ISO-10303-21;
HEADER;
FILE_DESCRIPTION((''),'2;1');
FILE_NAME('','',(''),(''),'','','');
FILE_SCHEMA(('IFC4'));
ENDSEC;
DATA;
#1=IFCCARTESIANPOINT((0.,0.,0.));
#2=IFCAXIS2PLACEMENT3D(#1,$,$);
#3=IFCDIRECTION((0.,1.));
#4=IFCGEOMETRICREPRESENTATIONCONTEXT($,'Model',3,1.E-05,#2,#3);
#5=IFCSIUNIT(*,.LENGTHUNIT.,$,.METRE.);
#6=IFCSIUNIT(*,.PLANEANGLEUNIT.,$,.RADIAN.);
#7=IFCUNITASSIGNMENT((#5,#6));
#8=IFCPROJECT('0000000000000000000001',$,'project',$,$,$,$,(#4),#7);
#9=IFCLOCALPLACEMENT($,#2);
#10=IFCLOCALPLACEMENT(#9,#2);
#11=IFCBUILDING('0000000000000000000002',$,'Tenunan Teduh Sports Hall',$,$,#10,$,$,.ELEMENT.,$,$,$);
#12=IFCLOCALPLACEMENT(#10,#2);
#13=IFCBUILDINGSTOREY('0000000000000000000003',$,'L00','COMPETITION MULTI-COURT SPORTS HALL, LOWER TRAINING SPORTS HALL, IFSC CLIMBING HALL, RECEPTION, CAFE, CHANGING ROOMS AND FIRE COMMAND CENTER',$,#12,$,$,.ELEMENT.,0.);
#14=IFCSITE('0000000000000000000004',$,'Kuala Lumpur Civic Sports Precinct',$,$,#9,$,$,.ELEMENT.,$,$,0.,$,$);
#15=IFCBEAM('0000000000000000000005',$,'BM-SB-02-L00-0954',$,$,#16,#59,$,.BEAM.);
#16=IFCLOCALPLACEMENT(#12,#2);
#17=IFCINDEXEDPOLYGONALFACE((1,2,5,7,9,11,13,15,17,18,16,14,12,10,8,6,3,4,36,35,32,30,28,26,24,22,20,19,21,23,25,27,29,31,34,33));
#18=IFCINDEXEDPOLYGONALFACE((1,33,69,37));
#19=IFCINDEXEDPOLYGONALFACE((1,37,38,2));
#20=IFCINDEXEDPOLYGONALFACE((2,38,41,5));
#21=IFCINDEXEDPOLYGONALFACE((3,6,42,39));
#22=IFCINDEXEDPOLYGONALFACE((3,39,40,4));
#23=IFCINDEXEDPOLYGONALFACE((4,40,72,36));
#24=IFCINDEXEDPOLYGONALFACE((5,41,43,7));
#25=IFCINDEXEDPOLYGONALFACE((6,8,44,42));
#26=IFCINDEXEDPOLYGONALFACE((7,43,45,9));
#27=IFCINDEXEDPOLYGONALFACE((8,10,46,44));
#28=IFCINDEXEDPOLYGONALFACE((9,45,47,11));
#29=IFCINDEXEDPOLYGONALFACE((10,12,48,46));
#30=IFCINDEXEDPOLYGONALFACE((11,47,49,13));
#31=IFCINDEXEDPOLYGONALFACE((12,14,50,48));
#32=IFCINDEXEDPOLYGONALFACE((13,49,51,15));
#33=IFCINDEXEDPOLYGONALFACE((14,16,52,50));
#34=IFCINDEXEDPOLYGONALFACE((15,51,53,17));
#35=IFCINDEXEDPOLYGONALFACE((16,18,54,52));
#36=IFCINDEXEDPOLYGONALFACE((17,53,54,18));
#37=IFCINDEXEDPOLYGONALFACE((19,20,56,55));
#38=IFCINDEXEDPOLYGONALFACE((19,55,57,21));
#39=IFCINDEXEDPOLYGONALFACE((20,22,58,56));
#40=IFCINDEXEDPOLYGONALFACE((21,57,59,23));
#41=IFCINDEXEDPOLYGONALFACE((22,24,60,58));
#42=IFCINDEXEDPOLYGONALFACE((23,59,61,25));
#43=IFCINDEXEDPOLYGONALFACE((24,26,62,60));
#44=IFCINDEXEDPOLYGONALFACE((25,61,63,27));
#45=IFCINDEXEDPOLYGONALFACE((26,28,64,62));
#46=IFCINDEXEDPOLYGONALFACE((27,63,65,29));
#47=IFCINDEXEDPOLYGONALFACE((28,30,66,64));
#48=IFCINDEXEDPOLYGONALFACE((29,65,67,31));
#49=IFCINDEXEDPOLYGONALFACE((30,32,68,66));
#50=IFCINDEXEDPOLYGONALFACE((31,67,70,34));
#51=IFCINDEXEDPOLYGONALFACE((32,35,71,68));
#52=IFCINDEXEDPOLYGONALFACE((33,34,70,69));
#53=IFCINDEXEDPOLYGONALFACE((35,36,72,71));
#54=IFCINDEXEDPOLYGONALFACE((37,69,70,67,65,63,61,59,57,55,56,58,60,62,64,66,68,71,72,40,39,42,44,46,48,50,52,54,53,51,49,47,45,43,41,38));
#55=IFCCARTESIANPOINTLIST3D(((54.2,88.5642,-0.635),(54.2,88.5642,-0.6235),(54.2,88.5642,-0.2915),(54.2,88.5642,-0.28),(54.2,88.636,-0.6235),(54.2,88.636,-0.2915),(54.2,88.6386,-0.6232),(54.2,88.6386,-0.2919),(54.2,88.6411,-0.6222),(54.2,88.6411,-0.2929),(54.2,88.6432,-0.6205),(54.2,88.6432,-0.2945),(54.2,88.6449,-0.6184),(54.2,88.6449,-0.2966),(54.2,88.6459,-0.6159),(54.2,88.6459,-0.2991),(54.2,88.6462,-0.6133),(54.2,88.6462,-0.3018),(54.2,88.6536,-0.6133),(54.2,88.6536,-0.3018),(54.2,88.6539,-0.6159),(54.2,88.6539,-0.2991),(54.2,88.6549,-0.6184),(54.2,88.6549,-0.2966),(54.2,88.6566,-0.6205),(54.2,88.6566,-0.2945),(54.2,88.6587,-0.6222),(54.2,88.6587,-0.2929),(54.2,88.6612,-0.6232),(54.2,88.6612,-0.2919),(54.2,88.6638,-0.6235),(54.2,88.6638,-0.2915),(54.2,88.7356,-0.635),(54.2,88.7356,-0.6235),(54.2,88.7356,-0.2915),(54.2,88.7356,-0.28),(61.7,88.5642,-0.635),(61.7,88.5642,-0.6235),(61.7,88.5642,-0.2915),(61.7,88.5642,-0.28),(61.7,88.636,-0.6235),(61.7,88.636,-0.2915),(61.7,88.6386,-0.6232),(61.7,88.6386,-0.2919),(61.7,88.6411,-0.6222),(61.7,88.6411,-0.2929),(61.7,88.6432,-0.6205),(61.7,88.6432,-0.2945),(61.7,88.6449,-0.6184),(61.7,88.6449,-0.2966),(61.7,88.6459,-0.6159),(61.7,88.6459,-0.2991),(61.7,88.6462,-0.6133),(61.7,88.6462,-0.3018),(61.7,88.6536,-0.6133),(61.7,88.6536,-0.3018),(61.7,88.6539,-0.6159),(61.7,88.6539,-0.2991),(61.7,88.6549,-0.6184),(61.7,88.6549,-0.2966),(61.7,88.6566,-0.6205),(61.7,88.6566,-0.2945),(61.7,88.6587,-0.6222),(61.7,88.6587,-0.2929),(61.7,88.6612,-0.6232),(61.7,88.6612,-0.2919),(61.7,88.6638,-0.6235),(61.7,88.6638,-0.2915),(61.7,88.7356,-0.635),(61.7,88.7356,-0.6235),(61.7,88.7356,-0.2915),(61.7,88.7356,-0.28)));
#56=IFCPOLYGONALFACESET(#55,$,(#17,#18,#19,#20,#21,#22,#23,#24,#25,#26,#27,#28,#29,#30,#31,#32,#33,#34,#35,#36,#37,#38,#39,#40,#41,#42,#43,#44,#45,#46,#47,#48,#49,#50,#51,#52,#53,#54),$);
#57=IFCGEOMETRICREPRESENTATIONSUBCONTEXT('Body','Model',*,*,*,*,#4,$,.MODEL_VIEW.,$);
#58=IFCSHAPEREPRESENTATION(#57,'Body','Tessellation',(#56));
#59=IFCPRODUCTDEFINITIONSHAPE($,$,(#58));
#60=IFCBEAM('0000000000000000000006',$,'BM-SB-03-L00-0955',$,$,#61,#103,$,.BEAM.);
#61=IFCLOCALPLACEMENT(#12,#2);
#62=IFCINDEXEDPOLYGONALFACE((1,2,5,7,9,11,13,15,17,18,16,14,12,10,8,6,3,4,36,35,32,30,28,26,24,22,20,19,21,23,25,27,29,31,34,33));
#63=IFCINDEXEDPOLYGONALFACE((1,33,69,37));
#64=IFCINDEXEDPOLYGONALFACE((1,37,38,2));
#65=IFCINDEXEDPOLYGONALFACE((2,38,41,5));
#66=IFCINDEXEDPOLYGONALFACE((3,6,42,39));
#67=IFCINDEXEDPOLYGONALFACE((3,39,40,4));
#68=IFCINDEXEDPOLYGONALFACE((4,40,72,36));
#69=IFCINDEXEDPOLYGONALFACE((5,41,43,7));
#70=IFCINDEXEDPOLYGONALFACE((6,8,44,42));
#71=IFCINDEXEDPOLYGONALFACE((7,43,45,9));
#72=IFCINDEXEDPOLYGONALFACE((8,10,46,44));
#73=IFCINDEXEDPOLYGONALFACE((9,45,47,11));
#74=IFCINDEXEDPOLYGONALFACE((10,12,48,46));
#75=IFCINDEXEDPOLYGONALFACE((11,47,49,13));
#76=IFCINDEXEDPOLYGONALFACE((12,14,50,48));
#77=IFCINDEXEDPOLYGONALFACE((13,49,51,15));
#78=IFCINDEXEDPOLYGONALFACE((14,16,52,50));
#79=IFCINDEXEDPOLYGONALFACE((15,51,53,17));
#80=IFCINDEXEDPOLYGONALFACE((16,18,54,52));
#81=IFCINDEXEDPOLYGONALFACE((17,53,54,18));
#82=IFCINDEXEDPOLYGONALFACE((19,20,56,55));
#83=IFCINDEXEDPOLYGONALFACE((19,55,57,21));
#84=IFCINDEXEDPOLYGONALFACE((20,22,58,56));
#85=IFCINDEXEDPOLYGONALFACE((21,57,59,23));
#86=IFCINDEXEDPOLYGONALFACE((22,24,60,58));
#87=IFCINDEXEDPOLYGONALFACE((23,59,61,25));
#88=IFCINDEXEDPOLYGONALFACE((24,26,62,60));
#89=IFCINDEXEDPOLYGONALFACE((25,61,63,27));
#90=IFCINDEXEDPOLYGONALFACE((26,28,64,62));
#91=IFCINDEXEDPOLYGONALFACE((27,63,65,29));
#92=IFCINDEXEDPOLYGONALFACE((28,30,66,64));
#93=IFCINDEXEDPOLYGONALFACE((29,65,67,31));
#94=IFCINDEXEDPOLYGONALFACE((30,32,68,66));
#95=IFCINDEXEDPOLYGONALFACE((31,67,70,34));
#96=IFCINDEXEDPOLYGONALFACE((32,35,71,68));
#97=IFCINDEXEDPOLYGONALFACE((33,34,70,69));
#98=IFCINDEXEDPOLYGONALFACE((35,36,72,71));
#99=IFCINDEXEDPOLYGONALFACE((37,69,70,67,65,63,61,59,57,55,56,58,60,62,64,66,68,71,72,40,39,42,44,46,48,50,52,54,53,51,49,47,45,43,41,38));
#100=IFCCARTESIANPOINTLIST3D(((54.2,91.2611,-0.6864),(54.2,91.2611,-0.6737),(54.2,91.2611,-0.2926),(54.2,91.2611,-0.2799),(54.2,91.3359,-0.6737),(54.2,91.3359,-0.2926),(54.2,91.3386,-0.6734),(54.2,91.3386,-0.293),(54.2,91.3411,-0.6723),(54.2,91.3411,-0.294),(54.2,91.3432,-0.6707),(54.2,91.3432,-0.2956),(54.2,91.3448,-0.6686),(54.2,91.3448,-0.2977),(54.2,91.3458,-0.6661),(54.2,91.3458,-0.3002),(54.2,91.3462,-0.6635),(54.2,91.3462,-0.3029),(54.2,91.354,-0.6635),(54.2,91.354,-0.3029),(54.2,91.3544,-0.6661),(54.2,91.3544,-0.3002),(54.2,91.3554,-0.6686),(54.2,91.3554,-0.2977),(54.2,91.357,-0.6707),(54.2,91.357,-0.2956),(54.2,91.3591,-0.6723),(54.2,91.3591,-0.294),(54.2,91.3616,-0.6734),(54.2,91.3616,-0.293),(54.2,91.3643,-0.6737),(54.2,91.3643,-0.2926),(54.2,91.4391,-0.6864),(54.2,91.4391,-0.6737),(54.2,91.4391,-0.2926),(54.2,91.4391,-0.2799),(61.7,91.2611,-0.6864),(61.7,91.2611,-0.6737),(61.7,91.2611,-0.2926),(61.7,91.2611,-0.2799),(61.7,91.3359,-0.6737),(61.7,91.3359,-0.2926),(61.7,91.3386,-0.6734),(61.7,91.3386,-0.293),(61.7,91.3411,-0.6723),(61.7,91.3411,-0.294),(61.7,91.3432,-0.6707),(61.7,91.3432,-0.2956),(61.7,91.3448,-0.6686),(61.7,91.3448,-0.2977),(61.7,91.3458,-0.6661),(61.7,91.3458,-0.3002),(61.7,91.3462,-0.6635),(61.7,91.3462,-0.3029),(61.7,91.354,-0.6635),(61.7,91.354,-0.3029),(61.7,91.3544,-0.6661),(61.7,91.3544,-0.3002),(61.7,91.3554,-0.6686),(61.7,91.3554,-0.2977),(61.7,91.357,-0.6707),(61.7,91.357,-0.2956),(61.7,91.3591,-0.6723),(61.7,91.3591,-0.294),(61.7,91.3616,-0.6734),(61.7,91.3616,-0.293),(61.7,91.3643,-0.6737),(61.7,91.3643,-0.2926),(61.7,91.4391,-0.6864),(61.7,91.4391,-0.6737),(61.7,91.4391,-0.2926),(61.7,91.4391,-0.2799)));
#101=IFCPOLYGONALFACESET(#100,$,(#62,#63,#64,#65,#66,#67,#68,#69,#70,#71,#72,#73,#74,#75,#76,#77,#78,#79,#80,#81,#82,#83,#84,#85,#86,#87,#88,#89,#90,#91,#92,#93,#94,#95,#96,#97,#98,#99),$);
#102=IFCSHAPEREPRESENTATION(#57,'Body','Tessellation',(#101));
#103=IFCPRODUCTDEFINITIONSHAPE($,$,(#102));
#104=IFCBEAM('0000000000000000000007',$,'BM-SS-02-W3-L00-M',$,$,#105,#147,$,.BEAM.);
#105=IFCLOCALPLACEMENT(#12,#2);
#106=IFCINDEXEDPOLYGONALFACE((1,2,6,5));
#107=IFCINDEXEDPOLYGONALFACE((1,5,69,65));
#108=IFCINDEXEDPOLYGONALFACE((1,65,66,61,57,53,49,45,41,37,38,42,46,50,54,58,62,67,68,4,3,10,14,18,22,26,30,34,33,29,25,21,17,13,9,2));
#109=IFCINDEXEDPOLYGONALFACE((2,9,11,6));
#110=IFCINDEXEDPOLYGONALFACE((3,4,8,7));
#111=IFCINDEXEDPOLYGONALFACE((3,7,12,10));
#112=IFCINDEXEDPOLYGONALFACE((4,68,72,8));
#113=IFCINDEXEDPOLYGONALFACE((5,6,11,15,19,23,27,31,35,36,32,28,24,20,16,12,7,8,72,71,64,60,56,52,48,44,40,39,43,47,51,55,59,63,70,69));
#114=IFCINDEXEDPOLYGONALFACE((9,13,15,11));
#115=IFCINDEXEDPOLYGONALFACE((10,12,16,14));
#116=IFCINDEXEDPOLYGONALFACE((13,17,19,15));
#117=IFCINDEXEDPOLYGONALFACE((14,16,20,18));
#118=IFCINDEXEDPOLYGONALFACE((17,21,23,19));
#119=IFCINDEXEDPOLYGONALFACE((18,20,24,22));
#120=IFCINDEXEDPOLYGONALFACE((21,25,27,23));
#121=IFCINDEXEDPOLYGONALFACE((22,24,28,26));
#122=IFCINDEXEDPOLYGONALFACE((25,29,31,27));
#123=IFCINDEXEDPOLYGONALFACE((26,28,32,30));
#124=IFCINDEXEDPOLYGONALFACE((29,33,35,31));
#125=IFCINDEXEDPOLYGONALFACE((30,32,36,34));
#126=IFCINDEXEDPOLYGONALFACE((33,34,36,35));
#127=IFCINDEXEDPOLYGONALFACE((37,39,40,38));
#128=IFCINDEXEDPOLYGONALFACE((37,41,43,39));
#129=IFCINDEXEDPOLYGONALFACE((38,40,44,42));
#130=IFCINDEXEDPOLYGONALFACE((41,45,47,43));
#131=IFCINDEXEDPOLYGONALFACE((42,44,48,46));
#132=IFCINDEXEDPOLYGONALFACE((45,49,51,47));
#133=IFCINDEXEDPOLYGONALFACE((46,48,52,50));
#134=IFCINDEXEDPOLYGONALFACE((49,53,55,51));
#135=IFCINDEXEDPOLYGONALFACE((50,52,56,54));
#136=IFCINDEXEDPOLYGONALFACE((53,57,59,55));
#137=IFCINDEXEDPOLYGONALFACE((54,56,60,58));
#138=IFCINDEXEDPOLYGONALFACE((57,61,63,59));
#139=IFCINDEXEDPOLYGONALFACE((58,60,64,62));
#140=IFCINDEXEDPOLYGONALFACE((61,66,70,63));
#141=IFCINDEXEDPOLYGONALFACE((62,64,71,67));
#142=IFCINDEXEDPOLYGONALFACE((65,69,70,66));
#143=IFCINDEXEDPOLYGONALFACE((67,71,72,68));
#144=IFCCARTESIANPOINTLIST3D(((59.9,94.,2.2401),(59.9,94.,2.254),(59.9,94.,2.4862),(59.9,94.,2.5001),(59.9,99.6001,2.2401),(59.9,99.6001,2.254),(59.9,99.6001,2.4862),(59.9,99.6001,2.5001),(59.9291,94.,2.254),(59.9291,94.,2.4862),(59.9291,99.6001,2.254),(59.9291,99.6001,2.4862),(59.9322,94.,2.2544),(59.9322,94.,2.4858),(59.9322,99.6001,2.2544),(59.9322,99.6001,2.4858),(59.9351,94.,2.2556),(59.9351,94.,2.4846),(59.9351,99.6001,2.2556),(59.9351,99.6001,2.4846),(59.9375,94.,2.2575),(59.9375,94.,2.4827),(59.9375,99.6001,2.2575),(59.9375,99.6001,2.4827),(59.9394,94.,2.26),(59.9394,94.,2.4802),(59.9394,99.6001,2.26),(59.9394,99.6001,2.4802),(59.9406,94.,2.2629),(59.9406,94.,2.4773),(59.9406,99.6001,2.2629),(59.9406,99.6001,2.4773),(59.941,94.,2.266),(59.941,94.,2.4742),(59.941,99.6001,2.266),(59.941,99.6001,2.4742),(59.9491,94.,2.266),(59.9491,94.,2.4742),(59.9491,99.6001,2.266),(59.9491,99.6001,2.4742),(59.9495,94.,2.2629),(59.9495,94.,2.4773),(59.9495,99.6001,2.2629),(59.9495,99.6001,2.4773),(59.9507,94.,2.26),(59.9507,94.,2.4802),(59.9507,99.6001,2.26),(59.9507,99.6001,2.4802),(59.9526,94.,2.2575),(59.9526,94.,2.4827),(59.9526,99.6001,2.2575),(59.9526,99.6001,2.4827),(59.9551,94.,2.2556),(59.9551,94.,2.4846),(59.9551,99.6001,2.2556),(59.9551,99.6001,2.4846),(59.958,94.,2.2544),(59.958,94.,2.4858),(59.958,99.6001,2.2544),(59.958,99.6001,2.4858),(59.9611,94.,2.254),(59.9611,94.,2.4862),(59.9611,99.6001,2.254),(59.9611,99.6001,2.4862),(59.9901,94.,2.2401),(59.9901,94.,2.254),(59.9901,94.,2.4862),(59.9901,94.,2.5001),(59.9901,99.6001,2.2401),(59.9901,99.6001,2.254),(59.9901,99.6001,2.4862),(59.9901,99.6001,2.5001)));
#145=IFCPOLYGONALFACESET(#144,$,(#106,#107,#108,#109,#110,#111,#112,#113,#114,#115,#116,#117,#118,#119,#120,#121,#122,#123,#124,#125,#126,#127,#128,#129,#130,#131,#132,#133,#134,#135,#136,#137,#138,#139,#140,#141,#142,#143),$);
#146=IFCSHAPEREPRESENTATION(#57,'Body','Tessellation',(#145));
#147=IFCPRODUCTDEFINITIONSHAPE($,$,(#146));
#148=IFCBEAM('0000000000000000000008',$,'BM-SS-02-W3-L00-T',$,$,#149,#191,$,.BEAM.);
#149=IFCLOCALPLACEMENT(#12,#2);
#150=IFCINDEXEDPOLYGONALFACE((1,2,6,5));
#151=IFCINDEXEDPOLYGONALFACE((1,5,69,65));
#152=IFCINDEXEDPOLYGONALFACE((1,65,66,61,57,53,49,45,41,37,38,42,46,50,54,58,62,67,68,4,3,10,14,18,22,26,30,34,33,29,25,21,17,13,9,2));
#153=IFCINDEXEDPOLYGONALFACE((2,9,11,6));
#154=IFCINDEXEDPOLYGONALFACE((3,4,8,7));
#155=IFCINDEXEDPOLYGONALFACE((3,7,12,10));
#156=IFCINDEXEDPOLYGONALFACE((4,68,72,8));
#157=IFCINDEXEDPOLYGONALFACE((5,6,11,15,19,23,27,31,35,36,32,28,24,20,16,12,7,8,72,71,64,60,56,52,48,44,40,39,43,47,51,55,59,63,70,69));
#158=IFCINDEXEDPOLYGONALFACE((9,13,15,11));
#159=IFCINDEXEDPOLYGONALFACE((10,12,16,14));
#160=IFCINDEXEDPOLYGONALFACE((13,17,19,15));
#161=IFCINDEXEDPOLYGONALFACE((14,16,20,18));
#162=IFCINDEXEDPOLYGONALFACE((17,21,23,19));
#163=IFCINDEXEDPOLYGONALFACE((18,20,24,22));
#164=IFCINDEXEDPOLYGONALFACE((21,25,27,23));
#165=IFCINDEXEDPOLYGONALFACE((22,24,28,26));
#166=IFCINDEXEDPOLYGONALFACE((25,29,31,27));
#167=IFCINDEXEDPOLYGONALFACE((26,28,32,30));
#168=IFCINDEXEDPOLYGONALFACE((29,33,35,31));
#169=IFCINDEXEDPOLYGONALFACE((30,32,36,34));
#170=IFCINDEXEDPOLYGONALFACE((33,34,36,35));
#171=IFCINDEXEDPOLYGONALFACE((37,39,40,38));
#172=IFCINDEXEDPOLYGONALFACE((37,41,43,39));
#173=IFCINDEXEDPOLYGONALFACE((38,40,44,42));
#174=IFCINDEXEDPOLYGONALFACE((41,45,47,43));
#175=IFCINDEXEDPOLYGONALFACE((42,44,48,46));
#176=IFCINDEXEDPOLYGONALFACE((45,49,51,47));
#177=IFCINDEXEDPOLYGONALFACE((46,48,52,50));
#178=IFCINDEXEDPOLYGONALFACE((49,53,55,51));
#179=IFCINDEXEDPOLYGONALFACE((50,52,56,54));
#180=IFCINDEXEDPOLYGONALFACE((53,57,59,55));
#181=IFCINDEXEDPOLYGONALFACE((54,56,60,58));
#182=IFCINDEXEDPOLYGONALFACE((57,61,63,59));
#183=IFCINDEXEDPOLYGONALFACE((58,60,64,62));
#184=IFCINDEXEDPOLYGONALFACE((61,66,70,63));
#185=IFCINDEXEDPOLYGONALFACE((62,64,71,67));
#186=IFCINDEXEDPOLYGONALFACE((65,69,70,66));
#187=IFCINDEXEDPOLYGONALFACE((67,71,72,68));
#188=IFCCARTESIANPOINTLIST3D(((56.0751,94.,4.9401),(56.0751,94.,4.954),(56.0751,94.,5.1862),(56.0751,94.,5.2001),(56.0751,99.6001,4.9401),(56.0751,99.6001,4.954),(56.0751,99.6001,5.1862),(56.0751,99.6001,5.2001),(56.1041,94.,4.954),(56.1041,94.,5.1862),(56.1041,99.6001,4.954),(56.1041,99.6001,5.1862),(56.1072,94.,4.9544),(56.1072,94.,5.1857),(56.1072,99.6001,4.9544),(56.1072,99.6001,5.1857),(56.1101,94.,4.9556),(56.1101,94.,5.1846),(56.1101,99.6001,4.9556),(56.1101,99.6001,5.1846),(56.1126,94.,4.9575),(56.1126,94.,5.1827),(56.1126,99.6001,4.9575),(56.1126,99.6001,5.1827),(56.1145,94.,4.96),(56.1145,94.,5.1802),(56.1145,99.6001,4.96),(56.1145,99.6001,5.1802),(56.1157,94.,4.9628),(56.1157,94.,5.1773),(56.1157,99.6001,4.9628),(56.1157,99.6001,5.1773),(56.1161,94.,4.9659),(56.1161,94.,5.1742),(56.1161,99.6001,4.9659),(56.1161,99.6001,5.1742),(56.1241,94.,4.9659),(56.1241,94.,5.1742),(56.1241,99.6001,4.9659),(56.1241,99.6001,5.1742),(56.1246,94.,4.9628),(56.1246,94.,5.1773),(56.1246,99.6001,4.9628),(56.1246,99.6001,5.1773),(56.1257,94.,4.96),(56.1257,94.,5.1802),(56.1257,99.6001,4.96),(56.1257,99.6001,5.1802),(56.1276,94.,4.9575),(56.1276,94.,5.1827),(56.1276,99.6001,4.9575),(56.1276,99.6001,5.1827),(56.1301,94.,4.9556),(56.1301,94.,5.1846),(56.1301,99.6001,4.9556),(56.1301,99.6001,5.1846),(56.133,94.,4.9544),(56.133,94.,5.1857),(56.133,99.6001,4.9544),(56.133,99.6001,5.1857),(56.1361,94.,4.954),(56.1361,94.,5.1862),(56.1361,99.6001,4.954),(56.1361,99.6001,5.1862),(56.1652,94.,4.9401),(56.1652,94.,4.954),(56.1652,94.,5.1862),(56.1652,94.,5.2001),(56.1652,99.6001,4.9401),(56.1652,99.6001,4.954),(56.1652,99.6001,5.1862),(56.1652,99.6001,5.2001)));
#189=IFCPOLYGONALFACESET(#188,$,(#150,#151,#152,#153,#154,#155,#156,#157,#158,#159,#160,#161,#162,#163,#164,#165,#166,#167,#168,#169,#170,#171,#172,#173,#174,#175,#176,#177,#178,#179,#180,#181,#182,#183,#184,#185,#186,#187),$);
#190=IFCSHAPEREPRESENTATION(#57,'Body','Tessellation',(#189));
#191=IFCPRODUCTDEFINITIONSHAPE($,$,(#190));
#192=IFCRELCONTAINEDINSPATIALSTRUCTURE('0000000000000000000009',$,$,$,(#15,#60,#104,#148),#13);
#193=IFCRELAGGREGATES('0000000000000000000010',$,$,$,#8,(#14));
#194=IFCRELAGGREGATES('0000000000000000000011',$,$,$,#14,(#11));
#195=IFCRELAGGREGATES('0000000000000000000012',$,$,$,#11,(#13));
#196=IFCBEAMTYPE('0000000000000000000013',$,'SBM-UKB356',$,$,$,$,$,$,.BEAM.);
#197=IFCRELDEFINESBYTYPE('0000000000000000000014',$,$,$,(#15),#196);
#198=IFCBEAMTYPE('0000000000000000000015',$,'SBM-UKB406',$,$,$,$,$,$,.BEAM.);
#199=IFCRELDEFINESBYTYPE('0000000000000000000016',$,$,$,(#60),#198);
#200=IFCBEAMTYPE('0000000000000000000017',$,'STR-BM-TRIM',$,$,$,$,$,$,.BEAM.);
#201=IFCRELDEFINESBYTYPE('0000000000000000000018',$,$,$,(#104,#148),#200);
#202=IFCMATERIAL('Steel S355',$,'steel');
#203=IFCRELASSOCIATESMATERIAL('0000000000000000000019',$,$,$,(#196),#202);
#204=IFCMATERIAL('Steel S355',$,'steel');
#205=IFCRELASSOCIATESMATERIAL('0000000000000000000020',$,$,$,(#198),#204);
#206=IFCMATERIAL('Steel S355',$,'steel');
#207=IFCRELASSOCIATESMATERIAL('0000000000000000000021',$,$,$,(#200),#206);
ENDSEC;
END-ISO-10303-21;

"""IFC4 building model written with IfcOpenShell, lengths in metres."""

from ifc_helpers import new_model, si_unit, direction, frame, origin, origin_2d, place, context, subcontext, project, spatial, i_section, extrude, material, material_profile, profile_set, type_object, element, save


model = new_model("IFC4")

# Units and contexts
model_context = context("Model", 3, precision=1e-05, world=origin(), true_north=direction((0.0, 1.0)))
body_context = subcontext(model_context, "Body", "Model", "MODEL_VIEW")
ifc_project = project(units=[si_unit("LENGTHUNIT", "METRE"), si_unit("PLANEANGLEUNIT", "RADIAN")], contexts=[model_context])

# Site, building, storey
site_placement = place(None, origin())
site = spatial("IfcSite", under=ifc_project, at=site_placement, Name="Kuala Lumpur Civic Sports Precinct", CompositionType="ELEMENT", RefElevation=0.0)
building_placement = place(site_placement, origin())
building = spatial("IfcBuilding", under=site, at=building_placement, Name="Tenunan Teduh Sports Hall", CompositionType="ELEMENT")
storey_placement = place(building_placement, origin())
storey = spatial("IfcBuildingStorey", under=building, at=storey_placement, Name="L00", Description="COMPETITION MULTI-COURT SPORTS HALL, LOWER TRAINING SPORTS HALL, IFSC CLIMBING HALL, RECEPTION, CAFE, CHANGING ROOMS AND FIRE COMMAND CENTER", CompositionType="ELEMENT", Elevation=0.0)

# Beams
ifc_material_1 = material(Name="Steel S355", Category="steel")
ifc_material_profile_1 = material_profile(ifc_material_1, i_section(OverallWidth=0.1714, OverallDepth=0.355, WebThickness=0.0073, FlangeThickness=0.0115, FilletRadius=0.0103, at=origin_2d()), Name="UKB 356x171x51")
ifc_profile_set_1 = profile_set([ifc_material_profile_1], Name="Steel S355")
beam_type_1 = type_object("IfcBeamType", Name="SBM-UKB356", PredefinedType="BEAM", material=ifc_profile_set_1)
beam_1_placement = place(storey_placement, frame((54.2, 88.6499, -0.4575), z_axis=(1.0, 0.0, 0.0), x_axis=(0.0, 1.0, 0.0)))
element("IfcBeam", 1, at=beam_1_placement, inside=storey, type_object=beam_type_1, Name="BM-SB-02-L00-0954", PredefinedType="BEAM", context=body_context, shape_type="SweptSolid", body=[
    extrude(i_section(OverallWidth=0.1714, OverallDepth=0.355, WebThickness=0.0073, FlangeThickness=0.0115, FilletRadius=0.0103, at=origin_2d()), origin(), (0.0, 0.0, 1.0), 7.5),
])
ifc_material_2 = material(Name="Steel S355", Category="steel")
ifc_material_profile_2 = material_profile(ifc_material_2, i_section(OverallWidth=0.178, OverallDepth=0.4065, WebThickness=0.0078, FlangeThickness=0.0127, FilletRadius=0.0103, at=origin_2d()), Name="UKB 406x178x60")
ifc_profile_set_2 = profile_set([ifc_material_profile_2], Name="Steel S355")
beam_type_2 = type_object("IfcBeamType", Name="SBM-UKB406", PredefinedType="BEAM", material=ifc_profile_set_2)
beam_2_placement = place(storey_placement, frame((54.2, 91.3501, -0.4832), z_axis=(1.0, 0.0, 0.0), x_axis=(0.0, 1.0, 0.0)))
element("IfcBeam", 2, at=beam_2_placement, inside=storey, type_object=beam_type_2, Name="BM-SB-03-L00-0955", PredefinedType="BEAM", context=body_context, shape_type="SweptSolid", body=[
    extrude(i_section(OverallWidth=0.178, OverallDepth=0.4065, WebThickness=0.0078, FlangeThickness=0.0127, FilletRadius=0.0103, at=origin_2d()), origin(), (0.0, 0.0, 1.0), 7.5),
])
ifc_material_3 = material(Name="Steel S355", Category="steel")
ifc_material_profile_3 = material_profile(ifc_material_3, i_section(OverallWidth=0.0901, OverallDepth=0.26, WebThickness=0.0081, FlangeThickness=0.0139, FilletRadius=0.012, at=origin_2d()), Name="PFC 260x90")
ifc_profile_set_3 = profile_set([ifc_material_profile_3], Name="Steel S355")
beam_type_3 = type_object("IfcBeamType", Name="STR-BM-TRIM", PredefinedType="BEAM", material=ifc_profile_set_3)
for number, where, z_axis, x_axis, name in (
    (3, (59.9451, 94.0, 2.3701), (0.0, 1.0, 0.0), (-1.0, 0.0, 0.0), "BM-SS-02-W3-L00-M"),
    (4, (56.1201, 94.0, 5.0701), (0.0, 1.0, 0.0), (-1.0, 0.0, 0.0), "BM-SS-02-W3-L00-T"),
):
    element("IfcBeam", number, at=place(storey_placement, frame(where, z_axis=z_axis, x_axis=x_axis)), inside=storey, type_object=beam_type_3, Name=name, PredefinedType="BEAM", context=body_context, shape_type="SweptSolid", body=[
        extrude(i_section(OverallWidth=0.0901, OverallDepth=0.26, WebThickness=0.0081, FlangeThickness=0.0139, FilletRadius=0.012, at=origin_2d()), origin(), (0.0, 0.0, 1.0), 5.6001),
    ])

save(model, "model.ifc")
